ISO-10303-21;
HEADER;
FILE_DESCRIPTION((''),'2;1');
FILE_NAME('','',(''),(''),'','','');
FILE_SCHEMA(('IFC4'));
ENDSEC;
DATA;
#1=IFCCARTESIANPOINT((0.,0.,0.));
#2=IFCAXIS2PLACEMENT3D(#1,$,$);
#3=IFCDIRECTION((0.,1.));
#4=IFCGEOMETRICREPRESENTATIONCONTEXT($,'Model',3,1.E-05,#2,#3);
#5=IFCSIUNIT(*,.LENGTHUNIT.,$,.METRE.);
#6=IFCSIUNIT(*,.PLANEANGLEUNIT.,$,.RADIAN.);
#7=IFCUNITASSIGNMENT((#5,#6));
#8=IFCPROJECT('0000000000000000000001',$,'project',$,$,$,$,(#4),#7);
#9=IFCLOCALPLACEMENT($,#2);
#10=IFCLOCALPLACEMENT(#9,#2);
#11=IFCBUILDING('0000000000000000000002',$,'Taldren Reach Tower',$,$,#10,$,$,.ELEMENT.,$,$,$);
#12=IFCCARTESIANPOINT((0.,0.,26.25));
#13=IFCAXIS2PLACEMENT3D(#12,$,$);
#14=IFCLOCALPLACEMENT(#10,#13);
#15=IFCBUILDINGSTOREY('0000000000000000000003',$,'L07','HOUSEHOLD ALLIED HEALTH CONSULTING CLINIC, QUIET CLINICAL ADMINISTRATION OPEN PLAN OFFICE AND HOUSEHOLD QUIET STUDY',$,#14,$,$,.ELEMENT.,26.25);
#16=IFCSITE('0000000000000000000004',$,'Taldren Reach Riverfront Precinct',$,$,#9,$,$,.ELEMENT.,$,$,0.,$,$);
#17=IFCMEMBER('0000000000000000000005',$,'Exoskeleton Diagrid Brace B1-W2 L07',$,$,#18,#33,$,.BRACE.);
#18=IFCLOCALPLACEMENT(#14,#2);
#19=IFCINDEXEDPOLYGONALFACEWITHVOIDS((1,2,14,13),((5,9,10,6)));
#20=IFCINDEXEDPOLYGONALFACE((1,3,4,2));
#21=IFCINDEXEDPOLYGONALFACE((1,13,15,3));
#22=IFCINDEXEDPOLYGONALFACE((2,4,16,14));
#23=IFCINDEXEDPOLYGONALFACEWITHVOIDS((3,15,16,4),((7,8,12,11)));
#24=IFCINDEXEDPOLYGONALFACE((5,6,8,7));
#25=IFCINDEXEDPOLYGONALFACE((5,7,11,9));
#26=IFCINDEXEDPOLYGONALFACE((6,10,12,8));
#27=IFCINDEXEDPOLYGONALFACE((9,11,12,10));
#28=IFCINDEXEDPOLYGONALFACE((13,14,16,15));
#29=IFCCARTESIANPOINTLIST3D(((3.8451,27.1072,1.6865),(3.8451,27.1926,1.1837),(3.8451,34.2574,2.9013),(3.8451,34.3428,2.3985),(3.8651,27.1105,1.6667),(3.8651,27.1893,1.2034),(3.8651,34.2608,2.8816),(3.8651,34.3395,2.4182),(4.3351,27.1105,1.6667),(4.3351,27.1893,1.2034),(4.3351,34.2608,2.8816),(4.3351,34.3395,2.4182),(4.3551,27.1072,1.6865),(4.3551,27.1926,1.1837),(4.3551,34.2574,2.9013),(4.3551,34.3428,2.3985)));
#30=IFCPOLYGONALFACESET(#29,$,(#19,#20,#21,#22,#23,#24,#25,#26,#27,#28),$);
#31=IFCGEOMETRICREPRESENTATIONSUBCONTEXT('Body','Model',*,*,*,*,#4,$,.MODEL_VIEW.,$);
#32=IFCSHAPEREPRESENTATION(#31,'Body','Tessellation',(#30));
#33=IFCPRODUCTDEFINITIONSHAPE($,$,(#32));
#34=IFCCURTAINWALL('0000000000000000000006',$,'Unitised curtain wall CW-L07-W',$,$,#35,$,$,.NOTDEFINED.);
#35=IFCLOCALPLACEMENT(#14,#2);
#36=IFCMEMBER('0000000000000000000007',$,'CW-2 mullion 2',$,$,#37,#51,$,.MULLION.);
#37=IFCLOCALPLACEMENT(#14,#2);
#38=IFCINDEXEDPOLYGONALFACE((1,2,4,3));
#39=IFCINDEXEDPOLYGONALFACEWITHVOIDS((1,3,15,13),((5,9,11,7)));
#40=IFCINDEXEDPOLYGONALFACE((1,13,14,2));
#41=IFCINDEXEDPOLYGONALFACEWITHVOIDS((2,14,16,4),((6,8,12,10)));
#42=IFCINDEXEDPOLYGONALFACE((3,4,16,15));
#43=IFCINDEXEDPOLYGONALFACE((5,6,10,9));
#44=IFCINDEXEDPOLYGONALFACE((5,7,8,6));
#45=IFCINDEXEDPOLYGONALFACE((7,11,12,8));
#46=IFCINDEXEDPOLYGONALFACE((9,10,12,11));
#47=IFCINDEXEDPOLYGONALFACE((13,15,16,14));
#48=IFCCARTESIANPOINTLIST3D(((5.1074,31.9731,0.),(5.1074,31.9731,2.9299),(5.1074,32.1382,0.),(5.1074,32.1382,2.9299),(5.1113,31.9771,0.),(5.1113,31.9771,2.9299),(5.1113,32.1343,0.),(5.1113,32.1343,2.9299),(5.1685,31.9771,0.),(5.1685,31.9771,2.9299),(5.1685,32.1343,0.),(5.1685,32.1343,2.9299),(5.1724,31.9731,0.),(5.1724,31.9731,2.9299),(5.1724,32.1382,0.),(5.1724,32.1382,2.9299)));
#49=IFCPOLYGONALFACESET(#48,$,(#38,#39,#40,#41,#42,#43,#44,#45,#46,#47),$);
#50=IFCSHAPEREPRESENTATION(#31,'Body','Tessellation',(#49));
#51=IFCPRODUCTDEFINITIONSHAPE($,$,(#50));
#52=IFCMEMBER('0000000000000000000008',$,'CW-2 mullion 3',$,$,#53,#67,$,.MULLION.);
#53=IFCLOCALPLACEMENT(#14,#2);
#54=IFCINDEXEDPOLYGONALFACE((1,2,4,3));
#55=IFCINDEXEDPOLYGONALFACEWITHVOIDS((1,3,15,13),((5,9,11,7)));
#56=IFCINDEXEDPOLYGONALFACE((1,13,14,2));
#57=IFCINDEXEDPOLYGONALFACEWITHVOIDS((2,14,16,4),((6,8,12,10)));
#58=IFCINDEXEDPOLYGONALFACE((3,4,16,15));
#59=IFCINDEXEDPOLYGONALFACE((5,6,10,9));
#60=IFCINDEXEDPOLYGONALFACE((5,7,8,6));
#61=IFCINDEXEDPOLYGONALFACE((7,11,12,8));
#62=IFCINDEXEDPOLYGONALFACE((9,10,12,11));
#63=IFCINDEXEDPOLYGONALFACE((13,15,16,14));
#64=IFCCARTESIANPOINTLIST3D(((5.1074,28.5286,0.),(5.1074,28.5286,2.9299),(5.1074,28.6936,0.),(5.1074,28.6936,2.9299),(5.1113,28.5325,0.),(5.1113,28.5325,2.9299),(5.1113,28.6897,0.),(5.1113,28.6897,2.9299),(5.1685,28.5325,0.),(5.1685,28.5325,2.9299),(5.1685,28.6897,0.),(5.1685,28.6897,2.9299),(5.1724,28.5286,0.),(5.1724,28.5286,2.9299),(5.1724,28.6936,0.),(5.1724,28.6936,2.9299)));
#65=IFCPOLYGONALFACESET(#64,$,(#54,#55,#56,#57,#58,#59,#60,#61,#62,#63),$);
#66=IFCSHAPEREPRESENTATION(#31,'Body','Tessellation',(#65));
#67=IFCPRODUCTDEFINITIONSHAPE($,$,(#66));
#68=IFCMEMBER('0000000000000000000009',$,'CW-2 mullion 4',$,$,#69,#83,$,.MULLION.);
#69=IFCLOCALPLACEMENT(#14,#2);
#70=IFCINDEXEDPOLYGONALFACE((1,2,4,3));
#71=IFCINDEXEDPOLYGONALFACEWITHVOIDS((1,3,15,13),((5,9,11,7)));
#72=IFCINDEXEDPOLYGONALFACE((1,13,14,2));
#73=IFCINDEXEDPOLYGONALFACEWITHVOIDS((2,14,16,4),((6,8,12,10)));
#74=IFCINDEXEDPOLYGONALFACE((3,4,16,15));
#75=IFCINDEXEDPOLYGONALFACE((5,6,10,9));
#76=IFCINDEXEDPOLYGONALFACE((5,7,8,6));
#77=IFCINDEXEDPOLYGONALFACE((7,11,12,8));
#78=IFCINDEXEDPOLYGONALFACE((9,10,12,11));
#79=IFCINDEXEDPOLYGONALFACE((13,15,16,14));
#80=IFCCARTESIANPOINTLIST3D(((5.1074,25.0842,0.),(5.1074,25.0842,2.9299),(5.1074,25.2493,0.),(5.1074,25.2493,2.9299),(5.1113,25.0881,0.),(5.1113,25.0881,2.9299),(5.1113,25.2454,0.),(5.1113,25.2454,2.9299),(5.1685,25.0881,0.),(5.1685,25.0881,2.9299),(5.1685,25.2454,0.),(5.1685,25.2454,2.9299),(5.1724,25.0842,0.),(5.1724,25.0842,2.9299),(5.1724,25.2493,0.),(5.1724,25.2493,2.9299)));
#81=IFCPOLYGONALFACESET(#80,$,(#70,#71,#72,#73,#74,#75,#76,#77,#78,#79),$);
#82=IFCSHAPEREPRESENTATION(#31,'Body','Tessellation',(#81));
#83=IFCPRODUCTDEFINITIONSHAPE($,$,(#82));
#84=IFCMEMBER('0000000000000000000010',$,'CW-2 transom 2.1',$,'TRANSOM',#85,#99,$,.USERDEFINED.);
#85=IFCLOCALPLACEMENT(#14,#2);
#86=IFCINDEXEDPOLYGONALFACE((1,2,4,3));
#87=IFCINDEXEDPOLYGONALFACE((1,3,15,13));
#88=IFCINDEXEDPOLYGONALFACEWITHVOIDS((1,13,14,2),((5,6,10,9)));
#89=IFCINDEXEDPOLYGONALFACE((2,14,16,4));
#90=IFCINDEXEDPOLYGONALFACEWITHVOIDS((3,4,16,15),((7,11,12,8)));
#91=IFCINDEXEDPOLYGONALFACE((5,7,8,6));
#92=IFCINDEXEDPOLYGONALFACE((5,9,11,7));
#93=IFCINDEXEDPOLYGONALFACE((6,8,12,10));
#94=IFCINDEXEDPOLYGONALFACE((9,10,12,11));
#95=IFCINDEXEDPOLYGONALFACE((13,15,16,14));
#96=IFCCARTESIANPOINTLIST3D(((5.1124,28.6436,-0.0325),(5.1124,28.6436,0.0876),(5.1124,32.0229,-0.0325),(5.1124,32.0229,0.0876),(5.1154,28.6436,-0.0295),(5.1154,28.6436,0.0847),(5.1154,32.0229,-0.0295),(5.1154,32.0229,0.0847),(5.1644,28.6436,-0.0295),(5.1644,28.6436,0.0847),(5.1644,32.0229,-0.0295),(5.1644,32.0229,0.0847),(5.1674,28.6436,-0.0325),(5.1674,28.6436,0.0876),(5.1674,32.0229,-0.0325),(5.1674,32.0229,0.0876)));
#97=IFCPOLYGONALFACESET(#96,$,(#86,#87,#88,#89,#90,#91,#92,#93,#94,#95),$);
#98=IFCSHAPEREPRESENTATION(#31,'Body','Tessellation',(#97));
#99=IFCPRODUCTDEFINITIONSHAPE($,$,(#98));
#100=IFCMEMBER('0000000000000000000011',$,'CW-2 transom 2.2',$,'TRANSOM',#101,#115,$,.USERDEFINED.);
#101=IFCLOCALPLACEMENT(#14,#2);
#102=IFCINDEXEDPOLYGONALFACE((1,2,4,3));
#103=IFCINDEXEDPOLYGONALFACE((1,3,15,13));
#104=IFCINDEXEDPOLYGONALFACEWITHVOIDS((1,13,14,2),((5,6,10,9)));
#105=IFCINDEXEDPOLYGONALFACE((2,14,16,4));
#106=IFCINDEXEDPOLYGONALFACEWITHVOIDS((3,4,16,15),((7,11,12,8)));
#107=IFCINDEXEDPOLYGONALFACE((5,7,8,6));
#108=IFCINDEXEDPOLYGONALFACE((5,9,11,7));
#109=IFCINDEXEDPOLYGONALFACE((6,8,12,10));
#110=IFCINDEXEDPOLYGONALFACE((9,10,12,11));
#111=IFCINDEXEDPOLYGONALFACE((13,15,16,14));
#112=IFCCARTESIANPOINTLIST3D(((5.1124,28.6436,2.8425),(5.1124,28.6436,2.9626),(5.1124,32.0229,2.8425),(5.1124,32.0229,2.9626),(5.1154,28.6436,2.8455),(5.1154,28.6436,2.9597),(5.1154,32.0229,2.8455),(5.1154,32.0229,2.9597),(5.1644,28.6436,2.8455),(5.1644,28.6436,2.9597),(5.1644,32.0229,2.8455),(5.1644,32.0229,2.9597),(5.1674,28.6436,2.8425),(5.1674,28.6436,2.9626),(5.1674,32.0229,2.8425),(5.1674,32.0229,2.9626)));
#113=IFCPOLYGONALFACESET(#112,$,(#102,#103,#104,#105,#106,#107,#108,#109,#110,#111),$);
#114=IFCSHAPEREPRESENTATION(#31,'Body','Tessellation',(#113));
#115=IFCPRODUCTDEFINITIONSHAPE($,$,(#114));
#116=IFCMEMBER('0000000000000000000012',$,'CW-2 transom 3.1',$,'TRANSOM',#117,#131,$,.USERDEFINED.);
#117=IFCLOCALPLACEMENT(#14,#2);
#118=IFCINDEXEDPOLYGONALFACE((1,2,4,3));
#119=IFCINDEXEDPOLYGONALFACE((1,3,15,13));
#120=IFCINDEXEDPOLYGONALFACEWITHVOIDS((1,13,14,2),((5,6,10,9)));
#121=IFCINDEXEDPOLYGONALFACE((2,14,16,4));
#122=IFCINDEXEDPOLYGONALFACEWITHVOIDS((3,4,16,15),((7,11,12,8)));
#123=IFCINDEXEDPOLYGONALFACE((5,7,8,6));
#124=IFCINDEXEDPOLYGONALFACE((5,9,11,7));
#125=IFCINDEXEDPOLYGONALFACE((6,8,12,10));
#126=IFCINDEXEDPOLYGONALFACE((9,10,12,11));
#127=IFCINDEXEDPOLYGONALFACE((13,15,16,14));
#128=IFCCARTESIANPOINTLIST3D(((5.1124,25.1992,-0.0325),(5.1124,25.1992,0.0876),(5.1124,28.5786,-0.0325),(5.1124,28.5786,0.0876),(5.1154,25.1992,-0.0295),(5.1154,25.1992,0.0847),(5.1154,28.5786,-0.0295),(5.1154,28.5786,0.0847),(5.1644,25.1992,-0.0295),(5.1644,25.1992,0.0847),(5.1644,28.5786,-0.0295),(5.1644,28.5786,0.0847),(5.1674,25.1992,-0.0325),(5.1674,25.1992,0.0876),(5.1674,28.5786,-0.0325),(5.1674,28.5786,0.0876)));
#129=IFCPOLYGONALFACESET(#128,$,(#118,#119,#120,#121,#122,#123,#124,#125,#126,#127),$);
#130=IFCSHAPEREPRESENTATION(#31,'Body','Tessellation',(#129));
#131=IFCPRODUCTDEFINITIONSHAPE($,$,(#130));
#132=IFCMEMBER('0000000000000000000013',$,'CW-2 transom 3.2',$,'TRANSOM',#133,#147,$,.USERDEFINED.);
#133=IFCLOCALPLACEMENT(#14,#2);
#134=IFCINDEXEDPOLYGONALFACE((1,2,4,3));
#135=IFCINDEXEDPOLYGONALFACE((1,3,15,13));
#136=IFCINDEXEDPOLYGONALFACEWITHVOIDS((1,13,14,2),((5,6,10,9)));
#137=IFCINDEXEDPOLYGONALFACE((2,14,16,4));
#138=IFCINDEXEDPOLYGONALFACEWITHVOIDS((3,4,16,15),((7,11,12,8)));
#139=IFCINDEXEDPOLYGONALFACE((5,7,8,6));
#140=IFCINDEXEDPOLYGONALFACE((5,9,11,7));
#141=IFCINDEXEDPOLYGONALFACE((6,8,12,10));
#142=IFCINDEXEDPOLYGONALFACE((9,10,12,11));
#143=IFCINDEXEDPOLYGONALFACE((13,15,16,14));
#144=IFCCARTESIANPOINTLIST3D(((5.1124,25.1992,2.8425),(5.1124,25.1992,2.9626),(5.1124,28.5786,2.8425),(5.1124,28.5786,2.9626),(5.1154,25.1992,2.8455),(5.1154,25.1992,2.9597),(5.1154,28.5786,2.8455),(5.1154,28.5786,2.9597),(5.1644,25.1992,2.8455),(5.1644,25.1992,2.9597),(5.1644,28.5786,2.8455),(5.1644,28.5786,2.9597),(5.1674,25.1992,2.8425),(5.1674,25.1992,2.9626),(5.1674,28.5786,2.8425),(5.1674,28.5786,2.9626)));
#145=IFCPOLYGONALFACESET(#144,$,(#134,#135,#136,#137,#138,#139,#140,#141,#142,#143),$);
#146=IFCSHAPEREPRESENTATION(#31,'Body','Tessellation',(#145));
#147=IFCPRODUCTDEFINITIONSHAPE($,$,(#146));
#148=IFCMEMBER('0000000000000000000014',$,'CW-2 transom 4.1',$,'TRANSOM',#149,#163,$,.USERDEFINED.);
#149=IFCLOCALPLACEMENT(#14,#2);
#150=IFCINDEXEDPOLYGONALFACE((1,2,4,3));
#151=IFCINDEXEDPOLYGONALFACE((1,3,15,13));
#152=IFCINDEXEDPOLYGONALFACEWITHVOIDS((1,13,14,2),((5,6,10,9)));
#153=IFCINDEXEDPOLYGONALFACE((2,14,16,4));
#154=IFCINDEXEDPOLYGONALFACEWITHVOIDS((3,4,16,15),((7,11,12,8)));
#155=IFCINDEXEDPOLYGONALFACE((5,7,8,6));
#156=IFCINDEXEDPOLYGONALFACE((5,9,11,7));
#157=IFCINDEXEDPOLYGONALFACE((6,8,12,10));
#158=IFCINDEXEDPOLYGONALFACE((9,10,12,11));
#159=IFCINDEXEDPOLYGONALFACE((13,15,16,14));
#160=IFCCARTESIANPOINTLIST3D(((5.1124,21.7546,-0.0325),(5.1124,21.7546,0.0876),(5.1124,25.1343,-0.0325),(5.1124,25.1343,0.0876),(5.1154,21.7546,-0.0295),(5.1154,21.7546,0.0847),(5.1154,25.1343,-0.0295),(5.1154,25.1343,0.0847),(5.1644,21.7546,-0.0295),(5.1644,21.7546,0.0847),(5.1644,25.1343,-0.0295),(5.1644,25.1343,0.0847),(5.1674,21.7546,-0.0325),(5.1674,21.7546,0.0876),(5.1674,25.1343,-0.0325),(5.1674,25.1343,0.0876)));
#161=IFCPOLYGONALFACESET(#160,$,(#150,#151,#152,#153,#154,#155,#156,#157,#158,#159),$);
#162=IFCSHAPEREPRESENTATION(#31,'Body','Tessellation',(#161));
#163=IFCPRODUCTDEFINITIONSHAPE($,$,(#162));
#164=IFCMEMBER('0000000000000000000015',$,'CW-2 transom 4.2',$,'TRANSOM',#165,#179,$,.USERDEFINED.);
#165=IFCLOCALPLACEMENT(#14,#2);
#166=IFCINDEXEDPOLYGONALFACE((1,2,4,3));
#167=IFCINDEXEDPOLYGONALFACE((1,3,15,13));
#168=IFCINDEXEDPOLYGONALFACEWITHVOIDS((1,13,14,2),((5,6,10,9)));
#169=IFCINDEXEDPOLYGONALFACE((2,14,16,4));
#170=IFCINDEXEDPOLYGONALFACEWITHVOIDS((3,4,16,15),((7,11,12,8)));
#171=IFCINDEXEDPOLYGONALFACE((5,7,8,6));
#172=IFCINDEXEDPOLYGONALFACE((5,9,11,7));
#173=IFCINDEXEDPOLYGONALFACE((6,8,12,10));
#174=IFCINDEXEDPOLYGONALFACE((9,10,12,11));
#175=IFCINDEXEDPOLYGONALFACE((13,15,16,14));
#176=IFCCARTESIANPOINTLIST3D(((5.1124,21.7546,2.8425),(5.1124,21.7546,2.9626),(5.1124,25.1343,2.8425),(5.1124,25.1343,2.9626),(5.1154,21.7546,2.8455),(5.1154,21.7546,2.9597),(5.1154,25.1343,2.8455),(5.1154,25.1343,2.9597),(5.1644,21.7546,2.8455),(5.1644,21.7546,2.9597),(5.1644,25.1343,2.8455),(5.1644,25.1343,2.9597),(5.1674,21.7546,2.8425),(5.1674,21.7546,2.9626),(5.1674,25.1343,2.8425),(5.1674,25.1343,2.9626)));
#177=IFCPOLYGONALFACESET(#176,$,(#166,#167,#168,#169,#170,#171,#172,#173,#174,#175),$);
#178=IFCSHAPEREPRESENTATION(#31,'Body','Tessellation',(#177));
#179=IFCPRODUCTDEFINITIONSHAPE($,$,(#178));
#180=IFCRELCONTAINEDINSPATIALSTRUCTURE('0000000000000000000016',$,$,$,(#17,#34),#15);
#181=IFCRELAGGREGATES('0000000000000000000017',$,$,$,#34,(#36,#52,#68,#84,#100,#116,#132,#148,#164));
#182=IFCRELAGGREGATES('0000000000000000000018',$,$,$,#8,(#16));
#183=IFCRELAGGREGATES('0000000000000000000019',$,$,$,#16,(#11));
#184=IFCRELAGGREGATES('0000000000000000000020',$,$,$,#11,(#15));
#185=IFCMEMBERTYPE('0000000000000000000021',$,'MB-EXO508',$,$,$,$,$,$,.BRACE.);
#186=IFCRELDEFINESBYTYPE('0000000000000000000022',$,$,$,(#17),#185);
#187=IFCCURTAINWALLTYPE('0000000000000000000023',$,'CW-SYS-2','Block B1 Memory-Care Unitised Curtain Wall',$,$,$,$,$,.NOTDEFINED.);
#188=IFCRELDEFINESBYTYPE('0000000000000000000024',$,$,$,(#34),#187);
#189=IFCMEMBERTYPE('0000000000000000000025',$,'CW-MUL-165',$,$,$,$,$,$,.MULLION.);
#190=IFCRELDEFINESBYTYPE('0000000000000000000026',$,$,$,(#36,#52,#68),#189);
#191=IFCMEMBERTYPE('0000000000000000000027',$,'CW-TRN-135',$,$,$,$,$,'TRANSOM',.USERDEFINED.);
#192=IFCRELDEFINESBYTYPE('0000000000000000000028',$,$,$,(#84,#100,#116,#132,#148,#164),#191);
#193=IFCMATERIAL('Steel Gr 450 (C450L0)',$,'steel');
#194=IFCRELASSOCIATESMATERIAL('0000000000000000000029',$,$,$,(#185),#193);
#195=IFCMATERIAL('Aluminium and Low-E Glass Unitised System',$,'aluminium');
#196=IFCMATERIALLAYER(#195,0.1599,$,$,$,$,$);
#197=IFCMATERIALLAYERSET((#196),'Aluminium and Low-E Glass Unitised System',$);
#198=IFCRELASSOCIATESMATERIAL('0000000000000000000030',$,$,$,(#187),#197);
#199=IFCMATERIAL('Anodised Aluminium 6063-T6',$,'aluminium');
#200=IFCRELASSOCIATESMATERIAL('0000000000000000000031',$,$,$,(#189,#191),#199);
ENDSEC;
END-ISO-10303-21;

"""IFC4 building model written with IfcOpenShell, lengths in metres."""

from ifc_helpers import new_model, si_unit, direction, frame, origin, origin_2d, place, context, subcontext, project, spatial, hollow_rectangle, extrude, source, transform, mapped, material, layer, layer_set, material_profile, profile_set, type_object, element, aggregate, save


model = new_model("IFC4")

# Units and contexts
model_context = context("Model", 3, precision=1e-05, world=origin(), true_north=direction((0.0, 1.0)))
body_context = subcontext(model_context, "Body", "Model", "MODEL_VIEW")
ifc_project = project(units=[si_unit("LENGTHUNIT", "METRE"), si_unit("PLANEANGLEUNIT", "RADIAN")], contexts=[model_context])

# Site, building, storey
site_placement = place(None, origin())
site = spatial("IfcSite", under=ifc_project, at=site_placement, Name="Taldren Reach Riverfront Precinct", CompositionType="ELEMENT", RefElevation=0.0)
building_placement = place(site_placement, origin())
building = spatial("IfcBuilding", under=site, at=building_placement, Name="Taldren Reach Tower", CompositionType="ELEMENT")
storey_placement = place(building_placement, frame((0.0, 0.0, 26.25)))
storey = spatial("IfcBuildingStorey", under=building, at=storey_placement, Name="L07", Description="HOUSEHOLD ALLIED HEALTH CONSULTING CLINIC, QUIET CLINICAL ADMINISTRATION OPEN PLAN OFFICE AND HOUSEHOLD QUIET STUDY", CompositionType="ELEMENT", Elevation=26.25)

# Member
ifc_material_1 = material(Name="Steel Gr 450 (C450L0)", Category="steel")
ifc_material_profile_1 = material_profile(ifc_material_1, hollow_rectangle(XDim=0.51, YDim=0.51, WallThickness=0.02, at=origin_2d()), Name="510x510x20.0SHS")
ifc_profile_set_1 = profile_set([ifc_material_profile_1], Name="Steel Gr 450 (C450L0)")
member_type_1 = type_object("IfcMemberType", Name="MB-EXO508", PredefinedType="BRACE", material=ifc_profile_set_1)
shared_shape_1 = source(origin(), body_context, "Body", "SweptSolid", [
    extrude(hollow_rectangle(XDim=0.51, YDim=0.51, WallThickness=0.02, at=origin_2d()), origin(), (0.0, 0.0, 1.0), 7.2527),
])
member_1_placement = place(storey_placement, frame((4.1001, 27.1499, 1.4351), z_axis=(0.0, 0.985871, 0.167504), x_axis=(-1.0, 0.0, 0.0)))
element("IfcMember", 1, at=member_1_placement, inside=storey, type_object=member_type_1, Name="Exoskeleton Diagrid Brace B1-W2 L07", PredefinedType="BRACE", context=body_context, shape_type="MappedRepresentation", body=[
    mapped(shared_shape_1, transform((0.0, 0.0, 0.0), scale=1.0)),
])

# Curtain wall, members
ifc_material_2 = material(Name="Aluminium and Low-E Glass Unitised System", Category="aluminium")
ifc_layer_1 = layer(ifc_material_2, 0.1599)
ifc_layer_set_1 = layer_set([ifc_layer_1], Name="Aluminium and Low-E Glass Unitised System")
curtain_wall_type = type_object("IfcCurtainWallType", Name="CW-SYS-2", Description="Block B1 Memory-Care Unitised Curtain Wall", PredefinedType="NOTDEFINED", material=ifc_layer_set_1)
curtain_wall_placement = place(storey_placement, origin())
curtain_wall = element("IfcCurtainWall", 2, at=curtain_wall_placement, inside=storey, type_object=curtain_wall_type, Name="Unitised curtain wall CW-L07-W", PredefinedType="NOTDEFINED")
ifc_material_3 = material(Name="Anodised Aluminium 6063-T6", Category="aluminium")
ifc_material_profile_2 = material_profile(ifc_material_3, hollow_rectangle(XDim=0.0649, YDim=0.165, WallThickness=0.0039, at=origin_2d()), Name="ALU-165x65x4RHS")
ifc_profile_set_2 = profile_set([ifc_material_profile_2], Name="Anodised Aluminium 6063-T6")
member_type_2 = type_object("IfcMemberType", Name="CW-MUL-165", PredefinedType="MULLION", material=ifc_profile_set_2)
shared_shape_2 = source(origin(), body_context, "Body", "SweptSolid", [
    extrude(hollow_rectangle(XDim=0.0649, YDim=0.165, WallThickness=0.0039, at=origin_2d()), origin(), (0.0, 0.0, 1.0), 2.9299),
])
member_2_placement = place(storey_placement, frame((5.1399, 32.0557, 0.0), z_axis=(0.0, 0.0, 1.0), x_axis=(1.0, 0.0, 0.0)))
member_2 = element("IfcMember", 3, at=member_2_placement, type_object=member_type_2, Name="CW-2 mullion 2", PredefinedType="MULLION", context=body_context, shape_type="MappedRepresentation", body=[
    mapped(shared_shape_2, transform((0.0, 0.0, 0.0), scale=1.0)),
])
member_3_placement = place(storey_placement, frame((5.1399, 28.6111, 0.0), z_axis=(0.0, 0.0, 1.0), x_axis=(1.0, 0.0, 0.0)))
member_3 = element("IfcMember", 4, at=member_3_placement, type_object=member_type_2, Name="CW-2 mullion 3", PredefinedType="MULLION", context=body_context, shape_type="MappedRepresentation", body=[
    mapped(shared_shape_2, transform((0.0, 0.0, 0.0), scale=1.0)),
])
member_4_placement = place(storey_placement, frame((5.1399, 25.1667, 0.0), z_axis=(0.0, 0.0, 1.0), x_axis=(1.0, 0.0, 0.0)))
member_4 = element("IfcMember", 5, at=member_4_placement, type_object=member_type_2, Name="CW-2 mullion 4", PredefinedType="MULLION", context=body_context, shape_type="MappedRepresentation", body=[
    mapped(shared_shape_2, transform((0.0, 0.0, 0.0), scale=1.0)),
])
ifc_material_profile_3 = material_profile(ifc_material_3, hollow_rectangle(XDim=0.0549, YDim=0.1201, WallThickness=0.0029, at=origin_2d()), Name="ALU-120x55x3RHS")
ifc_profile_set_3 = profile_set([ifc_material_profile_3], Name="Anodised Aluminium 6063-T6")
member_type_3 = type_object("IfcMemberType", Name="CW-TRN-135", ElementType="TRANSOM", PredefinedType="USERDEFINED", material=ifc_profile_set_3)
shared_shape_3 = source(origin(), body_context, "Body", "SweptSolid", [
    extrude(hollow_rectangle(XDim=0.0549, YDim=0.1201, WallThickness=0.0029, at=origin_2d()), origin(), (0.0, 0.0, 1.0), 3.3794),
])
member_5_placement = place(storey_placement, frame((5.1399, 32.0229, 0.0276), z_axis=(0.0, -1.0, 0.0), x_axis=(1.0, 0.0, 0.0)))
member_5 = element("IfcMember", 6, at=member_5_placement, type_object=member_type_3, Name="CW-2 transom 2.1", ObjectType="TRANSOM", PredefinedType="USERDEFINED", context=body_context, shape_type="MappedRepresentation", body=[
    mapped(shared_shape_3, transform((0.0, 0.0, 0.0), scale=1.0)),
])
member_6_placement = place(storey_placement, frame((5.1399, 32.0229, 2.9026), z_axis=(0.0, -1.0, 0.0), x_axis=(1.0, 0.0, 0.0)))
member_6 = element("IfcMember", 7, at=member_6_placement, type_object=member_type_3, Name="CW-2 transom 2.2", ObjectType="TRANSOM", PredefinedType="USERDEFINED", context=body_context, shape_type="MappedRepresentation", body=[
    mapped(shared_shape_3, transform((0.0, 0.0, 0.0), scale=1.0)),
])
member_7_placement = place(storey_placement, frame((5.1399, 28.5786, 0.0276), z_axis=(0.0, -1.0, 0.0), x_axis=(1.0, 0.0, 0.0)))
member_7 = element("IfcMember", 8, at=member_7_placement, type_object=member_type_3, Name="CW-2 transom 3.1", ObjectType="TRANSOM", PredefinedType="USERDEFINED", context=body_context, shape_type="MappedRepresentation", body=[
    mapped(shared_shape_3, transform((0.0, 0.0, 0.0), scale=1.0)),
])
member_8_placement = place(storey_placement, frame((5.1399, 28.5786, 2.9026), z_axis=(0.0, -1.0, 0.0), x_axis=(1.0, 0.0, 0.0)))
member_8 = element("IfcMember", 9, at=member_8_placement, type_object=member_type_3, Name="CW-2 transom 3.2", ObjectType="TRANSOM", PredefinedType="USERDEFINED", context=body_context, shape_type="MappedRepresentation", body=[
    mapped(shared_shape_3, transform((0.0, 0.0, 0.0), scale=1.0)),
])
shared_shape_4 = source(origin(), body_context, "Body", "SweptSolid", [
    extrude(hollow_rectangle(XDim=0.0549, YDim=0.1201, WallThickness=0.0029, at=origin_2d()), origin(), (0.0, 0.0, 1.0), 3.3796),
])
member_9_placement = place(storey_placement, frame((5.1399, 25.1343, 0.0276), z_axis=(0.0, -1.0, 0.0), x_axis=(1.0, 0.0, 0.0)))
member_9 = element("IfcMember", 10, at=member_9_placement, type_object=member_type_3, Name="CW-2 transom 4.1", ObjectType="TRANSOM", PredefinedType="USERDEFINED", context=body_context, shape_type="MappedRepresentation", body=[
    mapped(shared_shape_4, transform((0.0, 0.0, 0.0), scale=1.0)),
])
member_10_placement = place(storey_placement, frame((5.1399, 25.1343, 2.9026), z_axis=(0.0, -1.0, 0.0), x_axis=(1.0, 0.0, 0.0)))
member_10 = element("IfcMember", 11, at=member_10_placement, type_object=member_type_3, Name="CW-2 transom 4.2", ObjectType="TRANSOM", PredefinedType="USERDEFINED", context=body_context, shape_type="MappedRepresentation", body=[
    mapped(shared_shape_4, transform((0.0, 0.0, 0.0), scale=1.0)),
])

aggregate(curtain_wall, [member_2, member_3, member_4, member_5, member_6, member_7, member_8, member_9, member_10])

save(model, "model.ifc")
